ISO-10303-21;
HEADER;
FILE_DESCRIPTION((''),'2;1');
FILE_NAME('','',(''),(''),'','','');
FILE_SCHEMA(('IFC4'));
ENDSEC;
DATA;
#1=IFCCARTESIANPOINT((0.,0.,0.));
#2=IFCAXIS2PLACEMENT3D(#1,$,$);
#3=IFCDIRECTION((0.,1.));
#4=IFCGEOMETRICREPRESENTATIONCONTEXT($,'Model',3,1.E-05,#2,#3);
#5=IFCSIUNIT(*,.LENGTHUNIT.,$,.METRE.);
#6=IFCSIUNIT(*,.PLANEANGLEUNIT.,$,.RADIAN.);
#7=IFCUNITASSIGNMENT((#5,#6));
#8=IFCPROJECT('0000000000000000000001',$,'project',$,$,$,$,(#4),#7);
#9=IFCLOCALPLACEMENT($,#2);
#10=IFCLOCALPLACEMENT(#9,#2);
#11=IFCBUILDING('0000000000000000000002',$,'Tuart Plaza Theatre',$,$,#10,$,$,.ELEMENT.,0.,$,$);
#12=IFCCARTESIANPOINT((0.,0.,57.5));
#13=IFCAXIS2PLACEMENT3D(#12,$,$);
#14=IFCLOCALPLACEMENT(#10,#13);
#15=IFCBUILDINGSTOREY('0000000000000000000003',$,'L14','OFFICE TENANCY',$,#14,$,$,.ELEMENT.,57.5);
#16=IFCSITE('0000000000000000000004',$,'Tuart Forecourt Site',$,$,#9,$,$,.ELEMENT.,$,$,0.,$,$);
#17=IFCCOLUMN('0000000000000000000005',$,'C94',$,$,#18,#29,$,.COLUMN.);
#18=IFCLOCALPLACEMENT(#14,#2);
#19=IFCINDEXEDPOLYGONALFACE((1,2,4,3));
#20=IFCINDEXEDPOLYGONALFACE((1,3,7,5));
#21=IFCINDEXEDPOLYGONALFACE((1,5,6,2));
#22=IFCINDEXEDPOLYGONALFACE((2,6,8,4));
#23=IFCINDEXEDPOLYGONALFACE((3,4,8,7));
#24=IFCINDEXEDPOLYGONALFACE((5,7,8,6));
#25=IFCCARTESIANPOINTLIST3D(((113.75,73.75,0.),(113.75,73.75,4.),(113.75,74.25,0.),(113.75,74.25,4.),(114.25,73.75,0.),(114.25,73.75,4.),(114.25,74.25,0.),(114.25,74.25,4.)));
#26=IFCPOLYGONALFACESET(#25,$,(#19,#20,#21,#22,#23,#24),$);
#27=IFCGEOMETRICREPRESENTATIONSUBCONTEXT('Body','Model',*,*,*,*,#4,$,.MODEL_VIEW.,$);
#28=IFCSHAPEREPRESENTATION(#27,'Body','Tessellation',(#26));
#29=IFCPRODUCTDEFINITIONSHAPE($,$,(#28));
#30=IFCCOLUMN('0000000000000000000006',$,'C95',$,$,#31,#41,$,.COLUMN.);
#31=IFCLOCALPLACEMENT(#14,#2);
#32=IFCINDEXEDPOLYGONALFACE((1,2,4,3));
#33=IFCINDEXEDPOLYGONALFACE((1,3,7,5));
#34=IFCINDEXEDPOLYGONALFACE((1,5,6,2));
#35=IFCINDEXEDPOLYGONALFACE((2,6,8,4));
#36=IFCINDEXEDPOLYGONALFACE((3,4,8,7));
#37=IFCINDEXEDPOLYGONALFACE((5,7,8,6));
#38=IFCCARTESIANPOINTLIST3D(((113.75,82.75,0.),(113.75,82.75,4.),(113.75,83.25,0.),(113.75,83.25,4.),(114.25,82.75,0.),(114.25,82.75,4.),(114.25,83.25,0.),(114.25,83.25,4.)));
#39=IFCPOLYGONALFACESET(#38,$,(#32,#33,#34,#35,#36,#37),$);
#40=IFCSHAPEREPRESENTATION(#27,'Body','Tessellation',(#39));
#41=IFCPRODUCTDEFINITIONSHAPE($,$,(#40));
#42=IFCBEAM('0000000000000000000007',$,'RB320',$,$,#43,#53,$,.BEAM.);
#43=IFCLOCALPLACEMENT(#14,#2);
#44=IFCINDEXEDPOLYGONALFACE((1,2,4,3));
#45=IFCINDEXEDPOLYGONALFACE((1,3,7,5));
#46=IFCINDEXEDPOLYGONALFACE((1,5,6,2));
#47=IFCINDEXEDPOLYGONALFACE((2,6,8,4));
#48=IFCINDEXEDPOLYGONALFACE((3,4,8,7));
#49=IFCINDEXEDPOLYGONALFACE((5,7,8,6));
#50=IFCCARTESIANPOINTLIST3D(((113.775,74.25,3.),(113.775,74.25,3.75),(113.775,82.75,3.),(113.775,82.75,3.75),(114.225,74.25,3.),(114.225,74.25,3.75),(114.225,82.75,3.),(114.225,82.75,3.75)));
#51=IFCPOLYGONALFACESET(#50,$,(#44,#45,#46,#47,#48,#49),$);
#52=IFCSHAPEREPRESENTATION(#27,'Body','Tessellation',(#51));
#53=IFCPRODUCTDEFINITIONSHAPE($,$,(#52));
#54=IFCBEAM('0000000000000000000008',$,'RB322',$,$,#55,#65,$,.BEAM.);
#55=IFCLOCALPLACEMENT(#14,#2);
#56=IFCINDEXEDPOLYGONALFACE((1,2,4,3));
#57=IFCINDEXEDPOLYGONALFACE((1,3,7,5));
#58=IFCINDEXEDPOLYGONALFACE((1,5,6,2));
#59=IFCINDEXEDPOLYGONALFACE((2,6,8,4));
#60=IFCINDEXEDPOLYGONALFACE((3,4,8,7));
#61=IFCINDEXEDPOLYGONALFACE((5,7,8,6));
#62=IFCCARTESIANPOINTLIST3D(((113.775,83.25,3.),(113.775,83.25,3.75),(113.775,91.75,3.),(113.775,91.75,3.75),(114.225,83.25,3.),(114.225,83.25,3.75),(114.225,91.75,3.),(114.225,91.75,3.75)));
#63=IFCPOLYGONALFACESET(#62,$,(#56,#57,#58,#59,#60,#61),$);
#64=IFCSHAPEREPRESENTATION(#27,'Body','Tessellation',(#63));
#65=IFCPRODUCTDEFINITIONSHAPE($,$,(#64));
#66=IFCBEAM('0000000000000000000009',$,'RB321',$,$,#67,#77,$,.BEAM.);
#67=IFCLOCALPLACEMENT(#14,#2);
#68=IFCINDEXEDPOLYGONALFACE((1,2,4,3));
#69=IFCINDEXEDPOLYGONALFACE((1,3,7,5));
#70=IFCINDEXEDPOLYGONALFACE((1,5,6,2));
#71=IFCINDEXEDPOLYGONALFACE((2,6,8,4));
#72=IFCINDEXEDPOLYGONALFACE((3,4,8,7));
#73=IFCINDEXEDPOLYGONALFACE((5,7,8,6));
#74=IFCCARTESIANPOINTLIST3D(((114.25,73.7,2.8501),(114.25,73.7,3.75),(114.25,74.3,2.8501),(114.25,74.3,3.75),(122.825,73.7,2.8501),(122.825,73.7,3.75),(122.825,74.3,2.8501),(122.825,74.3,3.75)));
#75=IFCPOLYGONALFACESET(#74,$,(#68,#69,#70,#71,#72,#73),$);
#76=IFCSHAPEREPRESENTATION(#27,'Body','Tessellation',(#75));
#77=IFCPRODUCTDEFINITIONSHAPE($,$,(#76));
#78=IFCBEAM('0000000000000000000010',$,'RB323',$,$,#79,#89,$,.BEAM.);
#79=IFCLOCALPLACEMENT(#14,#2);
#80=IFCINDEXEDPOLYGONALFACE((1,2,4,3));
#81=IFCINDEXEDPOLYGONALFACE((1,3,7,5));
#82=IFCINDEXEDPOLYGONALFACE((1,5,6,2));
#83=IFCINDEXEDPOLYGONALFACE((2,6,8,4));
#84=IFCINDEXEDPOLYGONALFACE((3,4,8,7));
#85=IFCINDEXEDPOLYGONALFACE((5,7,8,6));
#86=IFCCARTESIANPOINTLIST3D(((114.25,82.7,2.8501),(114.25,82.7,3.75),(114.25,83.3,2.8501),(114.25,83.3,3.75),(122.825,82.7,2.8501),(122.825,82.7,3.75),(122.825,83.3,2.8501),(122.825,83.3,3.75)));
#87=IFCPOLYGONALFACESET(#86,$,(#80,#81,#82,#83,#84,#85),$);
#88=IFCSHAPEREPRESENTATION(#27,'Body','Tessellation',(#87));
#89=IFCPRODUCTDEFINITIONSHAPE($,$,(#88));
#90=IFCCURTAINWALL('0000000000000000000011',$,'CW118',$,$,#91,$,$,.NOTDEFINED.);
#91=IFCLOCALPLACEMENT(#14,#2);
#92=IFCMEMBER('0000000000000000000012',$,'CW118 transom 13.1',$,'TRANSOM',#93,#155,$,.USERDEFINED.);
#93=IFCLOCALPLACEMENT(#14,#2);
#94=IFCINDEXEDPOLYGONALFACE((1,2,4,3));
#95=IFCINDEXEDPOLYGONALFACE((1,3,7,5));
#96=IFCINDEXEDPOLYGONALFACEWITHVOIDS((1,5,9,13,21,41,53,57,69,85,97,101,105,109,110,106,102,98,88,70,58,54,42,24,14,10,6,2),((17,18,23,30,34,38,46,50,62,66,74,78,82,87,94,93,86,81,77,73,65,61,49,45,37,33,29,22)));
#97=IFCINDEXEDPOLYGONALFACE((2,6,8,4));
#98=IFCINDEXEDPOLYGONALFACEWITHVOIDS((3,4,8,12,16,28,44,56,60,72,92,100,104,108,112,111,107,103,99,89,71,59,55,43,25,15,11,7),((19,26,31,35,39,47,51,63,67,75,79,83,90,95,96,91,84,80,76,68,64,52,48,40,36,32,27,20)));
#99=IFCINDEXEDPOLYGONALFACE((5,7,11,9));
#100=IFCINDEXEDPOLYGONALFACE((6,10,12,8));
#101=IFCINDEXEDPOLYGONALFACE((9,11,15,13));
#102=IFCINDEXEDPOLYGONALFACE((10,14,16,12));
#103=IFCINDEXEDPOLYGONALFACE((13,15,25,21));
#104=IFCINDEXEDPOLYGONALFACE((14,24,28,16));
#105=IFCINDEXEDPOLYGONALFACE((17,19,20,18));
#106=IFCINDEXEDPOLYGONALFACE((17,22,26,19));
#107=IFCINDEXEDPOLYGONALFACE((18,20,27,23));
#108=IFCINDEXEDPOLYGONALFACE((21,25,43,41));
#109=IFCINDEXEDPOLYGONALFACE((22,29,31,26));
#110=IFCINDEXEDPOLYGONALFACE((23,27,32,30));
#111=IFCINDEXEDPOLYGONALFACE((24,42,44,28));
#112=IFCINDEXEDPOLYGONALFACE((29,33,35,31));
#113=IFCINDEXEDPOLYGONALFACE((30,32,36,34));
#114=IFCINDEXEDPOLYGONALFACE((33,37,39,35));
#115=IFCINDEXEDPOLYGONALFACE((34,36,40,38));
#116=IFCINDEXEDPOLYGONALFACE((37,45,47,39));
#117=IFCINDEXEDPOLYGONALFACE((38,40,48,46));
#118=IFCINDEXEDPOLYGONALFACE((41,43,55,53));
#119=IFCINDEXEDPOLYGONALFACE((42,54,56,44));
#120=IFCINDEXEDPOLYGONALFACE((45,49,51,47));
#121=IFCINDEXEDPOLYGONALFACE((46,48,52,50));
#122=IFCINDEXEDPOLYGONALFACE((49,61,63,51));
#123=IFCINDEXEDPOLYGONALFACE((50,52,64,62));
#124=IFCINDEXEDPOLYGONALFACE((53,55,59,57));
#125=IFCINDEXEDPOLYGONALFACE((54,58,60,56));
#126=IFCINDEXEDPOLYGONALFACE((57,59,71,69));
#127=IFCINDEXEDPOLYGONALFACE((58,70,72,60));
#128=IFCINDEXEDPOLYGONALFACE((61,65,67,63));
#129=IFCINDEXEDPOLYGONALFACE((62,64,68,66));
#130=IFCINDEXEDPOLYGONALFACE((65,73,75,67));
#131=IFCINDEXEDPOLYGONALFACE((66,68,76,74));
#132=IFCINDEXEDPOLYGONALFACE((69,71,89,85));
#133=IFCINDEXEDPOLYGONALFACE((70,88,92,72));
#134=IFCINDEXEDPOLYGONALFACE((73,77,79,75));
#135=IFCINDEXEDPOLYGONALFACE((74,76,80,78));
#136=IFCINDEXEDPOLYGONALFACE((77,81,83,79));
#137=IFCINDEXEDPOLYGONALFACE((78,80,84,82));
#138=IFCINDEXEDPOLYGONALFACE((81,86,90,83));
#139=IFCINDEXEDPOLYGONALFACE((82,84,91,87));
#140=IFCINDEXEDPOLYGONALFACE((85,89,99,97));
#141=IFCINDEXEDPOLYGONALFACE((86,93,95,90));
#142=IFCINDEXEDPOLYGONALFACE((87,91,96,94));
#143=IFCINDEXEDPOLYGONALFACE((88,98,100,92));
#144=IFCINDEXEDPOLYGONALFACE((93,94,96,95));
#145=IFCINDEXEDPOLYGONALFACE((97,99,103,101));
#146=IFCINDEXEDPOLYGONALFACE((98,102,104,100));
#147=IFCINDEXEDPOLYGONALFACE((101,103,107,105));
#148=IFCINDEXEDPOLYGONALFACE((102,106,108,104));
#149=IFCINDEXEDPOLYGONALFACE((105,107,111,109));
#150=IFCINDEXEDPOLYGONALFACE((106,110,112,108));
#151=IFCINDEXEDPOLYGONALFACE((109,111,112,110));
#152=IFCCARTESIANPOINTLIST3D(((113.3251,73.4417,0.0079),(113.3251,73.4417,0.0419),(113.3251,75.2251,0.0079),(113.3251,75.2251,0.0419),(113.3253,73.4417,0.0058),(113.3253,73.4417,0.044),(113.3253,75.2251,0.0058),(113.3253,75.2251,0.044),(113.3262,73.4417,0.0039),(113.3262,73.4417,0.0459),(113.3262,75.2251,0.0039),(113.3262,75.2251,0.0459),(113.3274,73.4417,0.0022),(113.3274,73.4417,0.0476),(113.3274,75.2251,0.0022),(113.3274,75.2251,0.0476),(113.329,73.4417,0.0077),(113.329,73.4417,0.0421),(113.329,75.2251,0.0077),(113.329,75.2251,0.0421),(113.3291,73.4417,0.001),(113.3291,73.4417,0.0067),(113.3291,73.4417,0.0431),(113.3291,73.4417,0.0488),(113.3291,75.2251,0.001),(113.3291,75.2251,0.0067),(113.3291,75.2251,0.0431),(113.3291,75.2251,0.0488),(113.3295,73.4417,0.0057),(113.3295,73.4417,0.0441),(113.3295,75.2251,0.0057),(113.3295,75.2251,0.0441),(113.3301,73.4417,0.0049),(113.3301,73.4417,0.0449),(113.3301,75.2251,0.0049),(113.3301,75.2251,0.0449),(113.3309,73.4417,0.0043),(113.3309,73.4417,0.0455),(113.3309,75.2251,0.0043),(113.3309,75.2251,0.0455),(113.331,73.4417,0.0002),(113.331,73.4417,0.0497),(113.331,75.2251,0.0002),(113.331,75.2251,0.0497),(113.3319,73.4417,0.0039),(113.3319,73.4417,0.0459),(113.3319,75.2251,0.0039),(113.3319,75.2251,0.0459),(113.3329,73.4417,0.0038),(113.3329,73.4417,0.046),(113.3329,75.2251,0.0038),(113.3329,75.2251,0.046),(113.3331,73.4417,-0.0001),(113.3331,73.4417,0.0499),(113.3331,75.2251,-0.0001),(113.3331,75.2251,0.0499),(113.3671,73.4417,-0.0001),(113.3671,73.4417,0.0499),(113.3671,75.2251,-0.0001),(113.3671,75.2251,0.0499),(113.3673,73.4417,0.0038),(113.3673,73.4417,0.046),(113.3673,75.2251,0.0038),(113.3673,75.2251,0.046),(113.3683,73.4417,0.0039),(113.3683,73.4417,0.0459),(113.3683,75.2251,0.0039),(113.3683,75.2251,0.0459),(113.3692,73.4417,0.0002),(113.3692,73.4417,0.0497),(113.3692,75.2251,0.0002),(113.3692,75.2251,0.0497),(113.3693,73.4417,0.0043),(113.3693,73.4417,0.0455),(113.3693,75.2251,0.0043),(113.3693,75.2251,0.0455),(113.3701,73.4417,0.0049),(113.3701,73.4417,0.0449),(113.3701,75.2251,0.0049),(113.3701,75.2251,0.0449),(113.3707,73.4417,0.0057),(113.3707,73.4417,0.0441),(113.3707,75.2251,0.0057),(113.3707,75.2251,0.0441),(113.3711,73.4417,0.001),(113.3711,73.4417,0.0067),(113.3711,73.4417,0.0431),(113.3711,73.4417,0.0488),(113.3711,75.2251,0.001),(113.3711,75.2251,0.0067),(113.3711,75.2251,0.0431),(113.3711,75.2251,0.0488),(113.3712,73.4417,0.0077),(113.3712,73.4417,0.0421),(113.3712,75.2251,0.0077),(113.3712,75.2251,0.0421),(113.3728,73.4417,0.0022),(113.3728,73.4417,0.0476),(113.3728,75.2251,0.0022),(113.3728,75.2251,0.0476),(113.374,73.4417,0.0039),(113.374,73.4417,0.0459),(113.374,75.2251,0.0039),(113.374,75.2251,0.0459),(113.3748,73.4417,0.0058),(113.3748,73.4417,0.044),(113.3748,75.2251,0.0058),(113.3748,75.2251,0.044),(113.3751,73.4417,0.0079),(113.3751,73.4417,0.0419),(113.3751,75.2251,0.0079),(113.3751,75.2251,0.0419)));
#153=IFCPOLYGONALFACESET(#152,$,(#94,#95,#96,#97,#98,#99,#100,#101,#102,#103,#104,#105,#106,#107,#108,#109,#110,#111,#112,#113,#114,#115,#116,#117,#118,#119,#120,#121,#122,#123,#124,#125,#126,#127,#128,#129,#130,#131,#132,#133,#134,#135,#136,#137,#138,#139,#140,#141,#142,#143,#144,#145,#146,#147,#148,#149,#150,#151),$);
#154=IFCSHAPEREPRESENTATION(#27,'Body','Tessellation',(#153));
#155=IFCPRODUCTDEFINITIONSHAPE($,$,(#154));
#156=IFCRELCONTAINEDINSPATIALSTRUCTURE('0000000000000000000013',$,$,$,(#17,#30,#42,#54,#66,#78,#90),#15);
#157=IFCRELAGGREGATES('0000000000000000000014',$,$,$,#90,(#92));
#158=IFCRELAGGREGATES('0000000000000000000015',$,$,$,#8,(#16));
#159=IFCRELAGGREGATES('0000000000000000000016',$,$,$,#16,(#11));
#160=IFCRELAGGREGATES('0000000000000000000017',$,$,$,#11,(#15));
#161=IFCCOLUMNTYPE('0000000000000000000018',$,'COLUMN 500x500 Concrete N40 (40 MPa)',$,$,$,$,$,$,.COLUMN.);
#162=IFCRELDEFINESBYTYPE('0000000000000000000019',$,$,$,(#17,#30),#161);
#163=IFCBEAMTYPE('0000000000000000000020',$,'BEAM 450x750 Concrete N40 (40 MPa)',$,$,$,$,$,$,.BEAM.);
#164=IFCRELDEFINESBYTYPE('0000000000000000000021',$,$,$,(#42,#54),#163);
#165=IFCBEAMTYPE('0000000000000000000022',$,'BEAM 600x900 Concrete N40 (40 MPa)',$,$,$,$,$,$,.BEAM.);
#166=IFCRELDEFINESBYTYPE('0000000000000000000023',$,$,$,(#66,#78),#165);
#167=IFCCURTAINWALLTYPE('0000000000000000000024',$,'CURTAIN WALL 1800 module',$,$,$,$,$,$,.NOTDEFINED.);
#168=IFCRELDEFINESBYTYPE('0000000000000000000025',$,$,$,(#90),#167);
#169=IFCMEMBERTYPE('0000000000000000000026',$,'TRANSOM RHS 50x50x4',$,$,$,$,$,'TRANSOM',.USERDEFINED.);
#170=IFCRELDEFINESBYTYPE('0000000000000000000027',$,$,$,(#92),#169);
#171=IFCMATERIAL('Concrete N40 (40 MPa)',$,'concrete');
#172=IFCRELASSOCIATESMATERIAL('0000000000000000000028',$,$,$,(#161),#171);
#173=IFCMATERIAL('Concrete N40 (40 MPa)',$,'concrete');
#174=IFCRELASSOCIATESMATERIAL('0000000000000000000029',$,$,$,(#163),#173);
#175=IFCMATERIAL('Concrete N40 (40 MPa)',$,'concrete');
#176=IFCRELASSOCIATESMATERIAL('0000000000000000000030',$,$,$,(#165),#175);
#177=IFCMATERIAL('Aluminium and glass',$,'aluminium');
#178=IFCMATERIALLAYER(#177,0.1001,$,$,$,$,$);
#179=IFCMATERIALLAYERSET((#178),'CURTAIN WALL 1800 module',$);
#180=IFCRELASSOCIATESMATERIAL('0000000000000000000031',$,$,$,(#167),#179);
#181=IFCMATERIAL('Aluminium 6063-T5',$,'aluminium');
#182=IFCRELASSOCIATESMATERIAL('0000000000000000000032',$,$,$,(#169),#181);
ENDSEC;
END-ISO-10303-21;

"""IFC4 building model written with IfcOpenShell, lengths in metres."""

from ifc_helpers import new_model, si_unit, direction, frame, origin, origin_2d, place, context, subcontext, project, spatial, rectangle, hollow_rectangle, extrude, material, layer, layer_set, material_profile, profile_set, type_object, element, aggregate, save


model = new_model("IFC4")

# Units and contexts
model_context = context("Model", 3, precision=1e-05, world=origin(), true_north=direction((0.0, 1.0)))
body_context = subcontext(model_context, "Body", "Model", "MODEL_VIEW")
ifc_project = project(units=[si_unit("LENGTHUNIT", "METRE"), si_unit("PLANEANGLEUNIT", "RADIAN")], contexts=[model_context])

# Site, building, storey
site_placement = place(None, origin())
site = spatial("IfcSite", under=ifc_project, at=site_placement, Name="Tuart Forecourt Site", CompositionType="ELEMENT", RefElevation=0.0)
building_placement = place(site_placement, origin())
building = spatial("IfcBuilding", under=site, at=building_placement, Name="Tuart Plaza Theatre", CompositionType="ELEMENT", ElevationOfRefHeight=0.0)
storey_placement = place(building_placement, frame((0.0, 0.0, 57.5)))
storey = spatial("IfcBuildingStorey", under=building, at=storey_placement, Name="L14", Description="OFFICE TENANCY", CompositionType="ELEMENT", Elevation=57.5)

# Columns
ifc_material_1 = material(Name="Concrete N40 (40 MPa)", Category="concrete")
ifc_material_profile_1 = material_profile(ifc_material_1, rectangle(XDim=0.5, YDim=0.5, at=origin_2d()), Name="COLUMN 500x500 Concrete N40 (40 MPa)")
ifc_profile_set_1 = profile_set([ifc_material_profile_1], Name="Concrete N40 (40 MPa)")
column_type = type_object("IfcColumnType", Name="COLUMN 500x500 Concrete N40 (40 MPa)", PredefinedType="COLUMN", material=ifc_profile_set_1)
for number, where, z_axis, x_axis, name in (
    (1, (114.0, 74.0, 0.0), (0.0, 0.0, 1.0), (1.0, 0.0, 0.0), "C94"),
    (2, (114.0, 83.0, 0.0), (0.0, 0.0, 1.0), (1.0, 0.0, 0.0), "C95"),
):
    element("IfcColumn", number, at=place(storey_placement, frame(where, z_axis=z_axis, x_axis=x_axis)), inside=storey, type_object=column_type, Name=name, PredefinedType="COLUMN", context=body_context, shape_type="SweptSolid", body=[
        extrude(rectangle(XDim=0.5, YDim=0.5, at=origin_2d()), origin(), (0.0, 0.0, 1.0), 4.0),
    ])

# Beams
ifc_material_2 = material(Name="Concrete N40 (40 MPa)", Category="concrete")
ifc_material_profile_2 = material_profile(ifc_material_2, rectangle(XDim=0.45, YDim=0.75, at=origin_2d()), Name="BEAM 450x750 Concrete N40 (40 MPa)")
ifc_profile_set_2 = profile_set([ifc_material_profile_2], Name="Concrete N40 (40 MPa)")
beam_type_1 = type_object("IfcBeamType", Name="BEAM 450x750 Concrete N40 (40 MPa)", PredefinedType="BEAM", material=ifc_profile_set_2)
for number, where, z_axis, x_axis, name in (
    (3, (114.0, 74.25, 3.375), (0.0, 1.0, 0.0), (-1.0, 0.0, 0.0), "RB320"),
    (4, (114.0, 83.25, 3.375), (0.0, 1.0, 0.0), (-1.0, 0.0, 0.0), "RB322"),
):
    element("IfcBeam", number, at=place(storey_placement, frame(where, z_axis=z_axis, x_axis=x_axis)), inside=storey, type_object=beam_type_1, Name=name, PredefinedType="BEAM", context=body_context, shape_type="SweptSolid", body=[
        extrude(rectangle(XDim=0.45, YDim=0.75, at=origin_2d()), origin(), (0.0, 0.0, 1.0), 8.5),
    ])
ifc_material_3 = material(Name="Concrete N40 (40 MPa)", Category="concrete")
ifc_material_profile_3 = material_profile(ifc_material_3, rectangle(XDim=0.6001, YDim=0.8999, at=origin_2d()), Name="BEAM 600x900 Concrete N40 (40 MPa)")
ifc_profile_set_3 = profile_set([ifc_material_profile_3], Name="Concrete N40 (40 MPa)")
beam_type_2 = type_object("IfcBeamType", Name="BEAM 600x900 Concrete N40 (40 MPa)", PredefinedType="BEAM", material=ifc_profile_set_3)
for number, where, z_axis, x_axis, name in (
    (5, (114.25, 74.0, 3.3), (1.0, 0.0, 0.0), (0.0, 1.0, 0.0), "RB321"),
    (6, (114.25, 83.0, 3.3), (1.0, 0.0, 0.0), (0.0, 1.0, 0.0), "RB323"),
):
    element("IfcBeam", number, at=place(storey_placement, frame(where, z_axis=z_axis, x_axis=x_axis)), inside=storey, type_object=beam_type_2, Name=name, PredefinedType="BEAM", context=body_context, shape_type="SweptSolid", body=[
        extrude(rectangle(XDim=0.6001, YDim=0.8999, at=origin_2d()), origin(), (0.0, 0.0, 1.0), 8.575),
    ])

# Curtain wall, member
ifc_material_4 = material(Name="Aluminium and glass", Category="aluminium")
ifc_layer_1 = layer(ifc_material_4, 0.1001)
ifc_layer_set_1 = layer_set([ifc_layer_1], Name="CURTAIN WALL 1800 module")
curtain_wall_type = type_object("IfcCurtainWallType", Name="CURTAIN WALL 1800 module", PredefinedType="NOTDEFINED", material=ifc_layer_set_1)
curtain_wall_placement = place(storey_placement, origin())
curtain_wall = element("IfcCurtainWall", 7, at=curtain_wall_placement, inside=storey, type_object=curtain_wall_type, Name="CW118", PredefinedType="NOTDEFINED")
ifc_material_5 = material(Name="Aluminium 6063-T5", Category="aluminium")
ifc_material_profile_4 = material_profile(ifc_material_5, hollow_rectangle(XDim=0.05, YDim=0.05, WallThickness=0.0039, InnerFilletRadius=0.0039, OuterFilletRadius=0.0081, at=origin_2d()), Name="RHS 50x50x4")
ifc_profile_set_4 = profile_set([ifc_material_profile_4], Name="Aluminium 6063-T5")
member_type = type_object("IfcMemberType", Name="TRANSOM RHS 50x50x4", ElementType="TRANSOM", PredefinedType="USERDEFINED", material=ifc_profile_set_4)
member_1_placement = place(storey_placement, frame((113.3501, 75.2251, 0.0249), z_axis=(0.0, -1.0, 0.0), x_axis=(1.0, 0.0, 0.0)))
member_1 = element("IfcMember", 8, at=member_1_placement, type_object=member_type, Name="CW118 transom 13.1", ObjectType="TRANSOM", PredefinedType="USERDEFINED", context=body_context, shape_type="SweptSolid", body=[
    extrude(hollow_rectangle(XDim=0.05, YDim=0.05, WallThickness=0.0039, InnerFilletRadius=0.0039, OuterFilletRadius=0.0081, at=origin_2d()), origin(), (0.0, 0.0, 1.0), 1.7834),
])
aggregate(curtain_wall, [member_1])

save(model, "model.ifc")
